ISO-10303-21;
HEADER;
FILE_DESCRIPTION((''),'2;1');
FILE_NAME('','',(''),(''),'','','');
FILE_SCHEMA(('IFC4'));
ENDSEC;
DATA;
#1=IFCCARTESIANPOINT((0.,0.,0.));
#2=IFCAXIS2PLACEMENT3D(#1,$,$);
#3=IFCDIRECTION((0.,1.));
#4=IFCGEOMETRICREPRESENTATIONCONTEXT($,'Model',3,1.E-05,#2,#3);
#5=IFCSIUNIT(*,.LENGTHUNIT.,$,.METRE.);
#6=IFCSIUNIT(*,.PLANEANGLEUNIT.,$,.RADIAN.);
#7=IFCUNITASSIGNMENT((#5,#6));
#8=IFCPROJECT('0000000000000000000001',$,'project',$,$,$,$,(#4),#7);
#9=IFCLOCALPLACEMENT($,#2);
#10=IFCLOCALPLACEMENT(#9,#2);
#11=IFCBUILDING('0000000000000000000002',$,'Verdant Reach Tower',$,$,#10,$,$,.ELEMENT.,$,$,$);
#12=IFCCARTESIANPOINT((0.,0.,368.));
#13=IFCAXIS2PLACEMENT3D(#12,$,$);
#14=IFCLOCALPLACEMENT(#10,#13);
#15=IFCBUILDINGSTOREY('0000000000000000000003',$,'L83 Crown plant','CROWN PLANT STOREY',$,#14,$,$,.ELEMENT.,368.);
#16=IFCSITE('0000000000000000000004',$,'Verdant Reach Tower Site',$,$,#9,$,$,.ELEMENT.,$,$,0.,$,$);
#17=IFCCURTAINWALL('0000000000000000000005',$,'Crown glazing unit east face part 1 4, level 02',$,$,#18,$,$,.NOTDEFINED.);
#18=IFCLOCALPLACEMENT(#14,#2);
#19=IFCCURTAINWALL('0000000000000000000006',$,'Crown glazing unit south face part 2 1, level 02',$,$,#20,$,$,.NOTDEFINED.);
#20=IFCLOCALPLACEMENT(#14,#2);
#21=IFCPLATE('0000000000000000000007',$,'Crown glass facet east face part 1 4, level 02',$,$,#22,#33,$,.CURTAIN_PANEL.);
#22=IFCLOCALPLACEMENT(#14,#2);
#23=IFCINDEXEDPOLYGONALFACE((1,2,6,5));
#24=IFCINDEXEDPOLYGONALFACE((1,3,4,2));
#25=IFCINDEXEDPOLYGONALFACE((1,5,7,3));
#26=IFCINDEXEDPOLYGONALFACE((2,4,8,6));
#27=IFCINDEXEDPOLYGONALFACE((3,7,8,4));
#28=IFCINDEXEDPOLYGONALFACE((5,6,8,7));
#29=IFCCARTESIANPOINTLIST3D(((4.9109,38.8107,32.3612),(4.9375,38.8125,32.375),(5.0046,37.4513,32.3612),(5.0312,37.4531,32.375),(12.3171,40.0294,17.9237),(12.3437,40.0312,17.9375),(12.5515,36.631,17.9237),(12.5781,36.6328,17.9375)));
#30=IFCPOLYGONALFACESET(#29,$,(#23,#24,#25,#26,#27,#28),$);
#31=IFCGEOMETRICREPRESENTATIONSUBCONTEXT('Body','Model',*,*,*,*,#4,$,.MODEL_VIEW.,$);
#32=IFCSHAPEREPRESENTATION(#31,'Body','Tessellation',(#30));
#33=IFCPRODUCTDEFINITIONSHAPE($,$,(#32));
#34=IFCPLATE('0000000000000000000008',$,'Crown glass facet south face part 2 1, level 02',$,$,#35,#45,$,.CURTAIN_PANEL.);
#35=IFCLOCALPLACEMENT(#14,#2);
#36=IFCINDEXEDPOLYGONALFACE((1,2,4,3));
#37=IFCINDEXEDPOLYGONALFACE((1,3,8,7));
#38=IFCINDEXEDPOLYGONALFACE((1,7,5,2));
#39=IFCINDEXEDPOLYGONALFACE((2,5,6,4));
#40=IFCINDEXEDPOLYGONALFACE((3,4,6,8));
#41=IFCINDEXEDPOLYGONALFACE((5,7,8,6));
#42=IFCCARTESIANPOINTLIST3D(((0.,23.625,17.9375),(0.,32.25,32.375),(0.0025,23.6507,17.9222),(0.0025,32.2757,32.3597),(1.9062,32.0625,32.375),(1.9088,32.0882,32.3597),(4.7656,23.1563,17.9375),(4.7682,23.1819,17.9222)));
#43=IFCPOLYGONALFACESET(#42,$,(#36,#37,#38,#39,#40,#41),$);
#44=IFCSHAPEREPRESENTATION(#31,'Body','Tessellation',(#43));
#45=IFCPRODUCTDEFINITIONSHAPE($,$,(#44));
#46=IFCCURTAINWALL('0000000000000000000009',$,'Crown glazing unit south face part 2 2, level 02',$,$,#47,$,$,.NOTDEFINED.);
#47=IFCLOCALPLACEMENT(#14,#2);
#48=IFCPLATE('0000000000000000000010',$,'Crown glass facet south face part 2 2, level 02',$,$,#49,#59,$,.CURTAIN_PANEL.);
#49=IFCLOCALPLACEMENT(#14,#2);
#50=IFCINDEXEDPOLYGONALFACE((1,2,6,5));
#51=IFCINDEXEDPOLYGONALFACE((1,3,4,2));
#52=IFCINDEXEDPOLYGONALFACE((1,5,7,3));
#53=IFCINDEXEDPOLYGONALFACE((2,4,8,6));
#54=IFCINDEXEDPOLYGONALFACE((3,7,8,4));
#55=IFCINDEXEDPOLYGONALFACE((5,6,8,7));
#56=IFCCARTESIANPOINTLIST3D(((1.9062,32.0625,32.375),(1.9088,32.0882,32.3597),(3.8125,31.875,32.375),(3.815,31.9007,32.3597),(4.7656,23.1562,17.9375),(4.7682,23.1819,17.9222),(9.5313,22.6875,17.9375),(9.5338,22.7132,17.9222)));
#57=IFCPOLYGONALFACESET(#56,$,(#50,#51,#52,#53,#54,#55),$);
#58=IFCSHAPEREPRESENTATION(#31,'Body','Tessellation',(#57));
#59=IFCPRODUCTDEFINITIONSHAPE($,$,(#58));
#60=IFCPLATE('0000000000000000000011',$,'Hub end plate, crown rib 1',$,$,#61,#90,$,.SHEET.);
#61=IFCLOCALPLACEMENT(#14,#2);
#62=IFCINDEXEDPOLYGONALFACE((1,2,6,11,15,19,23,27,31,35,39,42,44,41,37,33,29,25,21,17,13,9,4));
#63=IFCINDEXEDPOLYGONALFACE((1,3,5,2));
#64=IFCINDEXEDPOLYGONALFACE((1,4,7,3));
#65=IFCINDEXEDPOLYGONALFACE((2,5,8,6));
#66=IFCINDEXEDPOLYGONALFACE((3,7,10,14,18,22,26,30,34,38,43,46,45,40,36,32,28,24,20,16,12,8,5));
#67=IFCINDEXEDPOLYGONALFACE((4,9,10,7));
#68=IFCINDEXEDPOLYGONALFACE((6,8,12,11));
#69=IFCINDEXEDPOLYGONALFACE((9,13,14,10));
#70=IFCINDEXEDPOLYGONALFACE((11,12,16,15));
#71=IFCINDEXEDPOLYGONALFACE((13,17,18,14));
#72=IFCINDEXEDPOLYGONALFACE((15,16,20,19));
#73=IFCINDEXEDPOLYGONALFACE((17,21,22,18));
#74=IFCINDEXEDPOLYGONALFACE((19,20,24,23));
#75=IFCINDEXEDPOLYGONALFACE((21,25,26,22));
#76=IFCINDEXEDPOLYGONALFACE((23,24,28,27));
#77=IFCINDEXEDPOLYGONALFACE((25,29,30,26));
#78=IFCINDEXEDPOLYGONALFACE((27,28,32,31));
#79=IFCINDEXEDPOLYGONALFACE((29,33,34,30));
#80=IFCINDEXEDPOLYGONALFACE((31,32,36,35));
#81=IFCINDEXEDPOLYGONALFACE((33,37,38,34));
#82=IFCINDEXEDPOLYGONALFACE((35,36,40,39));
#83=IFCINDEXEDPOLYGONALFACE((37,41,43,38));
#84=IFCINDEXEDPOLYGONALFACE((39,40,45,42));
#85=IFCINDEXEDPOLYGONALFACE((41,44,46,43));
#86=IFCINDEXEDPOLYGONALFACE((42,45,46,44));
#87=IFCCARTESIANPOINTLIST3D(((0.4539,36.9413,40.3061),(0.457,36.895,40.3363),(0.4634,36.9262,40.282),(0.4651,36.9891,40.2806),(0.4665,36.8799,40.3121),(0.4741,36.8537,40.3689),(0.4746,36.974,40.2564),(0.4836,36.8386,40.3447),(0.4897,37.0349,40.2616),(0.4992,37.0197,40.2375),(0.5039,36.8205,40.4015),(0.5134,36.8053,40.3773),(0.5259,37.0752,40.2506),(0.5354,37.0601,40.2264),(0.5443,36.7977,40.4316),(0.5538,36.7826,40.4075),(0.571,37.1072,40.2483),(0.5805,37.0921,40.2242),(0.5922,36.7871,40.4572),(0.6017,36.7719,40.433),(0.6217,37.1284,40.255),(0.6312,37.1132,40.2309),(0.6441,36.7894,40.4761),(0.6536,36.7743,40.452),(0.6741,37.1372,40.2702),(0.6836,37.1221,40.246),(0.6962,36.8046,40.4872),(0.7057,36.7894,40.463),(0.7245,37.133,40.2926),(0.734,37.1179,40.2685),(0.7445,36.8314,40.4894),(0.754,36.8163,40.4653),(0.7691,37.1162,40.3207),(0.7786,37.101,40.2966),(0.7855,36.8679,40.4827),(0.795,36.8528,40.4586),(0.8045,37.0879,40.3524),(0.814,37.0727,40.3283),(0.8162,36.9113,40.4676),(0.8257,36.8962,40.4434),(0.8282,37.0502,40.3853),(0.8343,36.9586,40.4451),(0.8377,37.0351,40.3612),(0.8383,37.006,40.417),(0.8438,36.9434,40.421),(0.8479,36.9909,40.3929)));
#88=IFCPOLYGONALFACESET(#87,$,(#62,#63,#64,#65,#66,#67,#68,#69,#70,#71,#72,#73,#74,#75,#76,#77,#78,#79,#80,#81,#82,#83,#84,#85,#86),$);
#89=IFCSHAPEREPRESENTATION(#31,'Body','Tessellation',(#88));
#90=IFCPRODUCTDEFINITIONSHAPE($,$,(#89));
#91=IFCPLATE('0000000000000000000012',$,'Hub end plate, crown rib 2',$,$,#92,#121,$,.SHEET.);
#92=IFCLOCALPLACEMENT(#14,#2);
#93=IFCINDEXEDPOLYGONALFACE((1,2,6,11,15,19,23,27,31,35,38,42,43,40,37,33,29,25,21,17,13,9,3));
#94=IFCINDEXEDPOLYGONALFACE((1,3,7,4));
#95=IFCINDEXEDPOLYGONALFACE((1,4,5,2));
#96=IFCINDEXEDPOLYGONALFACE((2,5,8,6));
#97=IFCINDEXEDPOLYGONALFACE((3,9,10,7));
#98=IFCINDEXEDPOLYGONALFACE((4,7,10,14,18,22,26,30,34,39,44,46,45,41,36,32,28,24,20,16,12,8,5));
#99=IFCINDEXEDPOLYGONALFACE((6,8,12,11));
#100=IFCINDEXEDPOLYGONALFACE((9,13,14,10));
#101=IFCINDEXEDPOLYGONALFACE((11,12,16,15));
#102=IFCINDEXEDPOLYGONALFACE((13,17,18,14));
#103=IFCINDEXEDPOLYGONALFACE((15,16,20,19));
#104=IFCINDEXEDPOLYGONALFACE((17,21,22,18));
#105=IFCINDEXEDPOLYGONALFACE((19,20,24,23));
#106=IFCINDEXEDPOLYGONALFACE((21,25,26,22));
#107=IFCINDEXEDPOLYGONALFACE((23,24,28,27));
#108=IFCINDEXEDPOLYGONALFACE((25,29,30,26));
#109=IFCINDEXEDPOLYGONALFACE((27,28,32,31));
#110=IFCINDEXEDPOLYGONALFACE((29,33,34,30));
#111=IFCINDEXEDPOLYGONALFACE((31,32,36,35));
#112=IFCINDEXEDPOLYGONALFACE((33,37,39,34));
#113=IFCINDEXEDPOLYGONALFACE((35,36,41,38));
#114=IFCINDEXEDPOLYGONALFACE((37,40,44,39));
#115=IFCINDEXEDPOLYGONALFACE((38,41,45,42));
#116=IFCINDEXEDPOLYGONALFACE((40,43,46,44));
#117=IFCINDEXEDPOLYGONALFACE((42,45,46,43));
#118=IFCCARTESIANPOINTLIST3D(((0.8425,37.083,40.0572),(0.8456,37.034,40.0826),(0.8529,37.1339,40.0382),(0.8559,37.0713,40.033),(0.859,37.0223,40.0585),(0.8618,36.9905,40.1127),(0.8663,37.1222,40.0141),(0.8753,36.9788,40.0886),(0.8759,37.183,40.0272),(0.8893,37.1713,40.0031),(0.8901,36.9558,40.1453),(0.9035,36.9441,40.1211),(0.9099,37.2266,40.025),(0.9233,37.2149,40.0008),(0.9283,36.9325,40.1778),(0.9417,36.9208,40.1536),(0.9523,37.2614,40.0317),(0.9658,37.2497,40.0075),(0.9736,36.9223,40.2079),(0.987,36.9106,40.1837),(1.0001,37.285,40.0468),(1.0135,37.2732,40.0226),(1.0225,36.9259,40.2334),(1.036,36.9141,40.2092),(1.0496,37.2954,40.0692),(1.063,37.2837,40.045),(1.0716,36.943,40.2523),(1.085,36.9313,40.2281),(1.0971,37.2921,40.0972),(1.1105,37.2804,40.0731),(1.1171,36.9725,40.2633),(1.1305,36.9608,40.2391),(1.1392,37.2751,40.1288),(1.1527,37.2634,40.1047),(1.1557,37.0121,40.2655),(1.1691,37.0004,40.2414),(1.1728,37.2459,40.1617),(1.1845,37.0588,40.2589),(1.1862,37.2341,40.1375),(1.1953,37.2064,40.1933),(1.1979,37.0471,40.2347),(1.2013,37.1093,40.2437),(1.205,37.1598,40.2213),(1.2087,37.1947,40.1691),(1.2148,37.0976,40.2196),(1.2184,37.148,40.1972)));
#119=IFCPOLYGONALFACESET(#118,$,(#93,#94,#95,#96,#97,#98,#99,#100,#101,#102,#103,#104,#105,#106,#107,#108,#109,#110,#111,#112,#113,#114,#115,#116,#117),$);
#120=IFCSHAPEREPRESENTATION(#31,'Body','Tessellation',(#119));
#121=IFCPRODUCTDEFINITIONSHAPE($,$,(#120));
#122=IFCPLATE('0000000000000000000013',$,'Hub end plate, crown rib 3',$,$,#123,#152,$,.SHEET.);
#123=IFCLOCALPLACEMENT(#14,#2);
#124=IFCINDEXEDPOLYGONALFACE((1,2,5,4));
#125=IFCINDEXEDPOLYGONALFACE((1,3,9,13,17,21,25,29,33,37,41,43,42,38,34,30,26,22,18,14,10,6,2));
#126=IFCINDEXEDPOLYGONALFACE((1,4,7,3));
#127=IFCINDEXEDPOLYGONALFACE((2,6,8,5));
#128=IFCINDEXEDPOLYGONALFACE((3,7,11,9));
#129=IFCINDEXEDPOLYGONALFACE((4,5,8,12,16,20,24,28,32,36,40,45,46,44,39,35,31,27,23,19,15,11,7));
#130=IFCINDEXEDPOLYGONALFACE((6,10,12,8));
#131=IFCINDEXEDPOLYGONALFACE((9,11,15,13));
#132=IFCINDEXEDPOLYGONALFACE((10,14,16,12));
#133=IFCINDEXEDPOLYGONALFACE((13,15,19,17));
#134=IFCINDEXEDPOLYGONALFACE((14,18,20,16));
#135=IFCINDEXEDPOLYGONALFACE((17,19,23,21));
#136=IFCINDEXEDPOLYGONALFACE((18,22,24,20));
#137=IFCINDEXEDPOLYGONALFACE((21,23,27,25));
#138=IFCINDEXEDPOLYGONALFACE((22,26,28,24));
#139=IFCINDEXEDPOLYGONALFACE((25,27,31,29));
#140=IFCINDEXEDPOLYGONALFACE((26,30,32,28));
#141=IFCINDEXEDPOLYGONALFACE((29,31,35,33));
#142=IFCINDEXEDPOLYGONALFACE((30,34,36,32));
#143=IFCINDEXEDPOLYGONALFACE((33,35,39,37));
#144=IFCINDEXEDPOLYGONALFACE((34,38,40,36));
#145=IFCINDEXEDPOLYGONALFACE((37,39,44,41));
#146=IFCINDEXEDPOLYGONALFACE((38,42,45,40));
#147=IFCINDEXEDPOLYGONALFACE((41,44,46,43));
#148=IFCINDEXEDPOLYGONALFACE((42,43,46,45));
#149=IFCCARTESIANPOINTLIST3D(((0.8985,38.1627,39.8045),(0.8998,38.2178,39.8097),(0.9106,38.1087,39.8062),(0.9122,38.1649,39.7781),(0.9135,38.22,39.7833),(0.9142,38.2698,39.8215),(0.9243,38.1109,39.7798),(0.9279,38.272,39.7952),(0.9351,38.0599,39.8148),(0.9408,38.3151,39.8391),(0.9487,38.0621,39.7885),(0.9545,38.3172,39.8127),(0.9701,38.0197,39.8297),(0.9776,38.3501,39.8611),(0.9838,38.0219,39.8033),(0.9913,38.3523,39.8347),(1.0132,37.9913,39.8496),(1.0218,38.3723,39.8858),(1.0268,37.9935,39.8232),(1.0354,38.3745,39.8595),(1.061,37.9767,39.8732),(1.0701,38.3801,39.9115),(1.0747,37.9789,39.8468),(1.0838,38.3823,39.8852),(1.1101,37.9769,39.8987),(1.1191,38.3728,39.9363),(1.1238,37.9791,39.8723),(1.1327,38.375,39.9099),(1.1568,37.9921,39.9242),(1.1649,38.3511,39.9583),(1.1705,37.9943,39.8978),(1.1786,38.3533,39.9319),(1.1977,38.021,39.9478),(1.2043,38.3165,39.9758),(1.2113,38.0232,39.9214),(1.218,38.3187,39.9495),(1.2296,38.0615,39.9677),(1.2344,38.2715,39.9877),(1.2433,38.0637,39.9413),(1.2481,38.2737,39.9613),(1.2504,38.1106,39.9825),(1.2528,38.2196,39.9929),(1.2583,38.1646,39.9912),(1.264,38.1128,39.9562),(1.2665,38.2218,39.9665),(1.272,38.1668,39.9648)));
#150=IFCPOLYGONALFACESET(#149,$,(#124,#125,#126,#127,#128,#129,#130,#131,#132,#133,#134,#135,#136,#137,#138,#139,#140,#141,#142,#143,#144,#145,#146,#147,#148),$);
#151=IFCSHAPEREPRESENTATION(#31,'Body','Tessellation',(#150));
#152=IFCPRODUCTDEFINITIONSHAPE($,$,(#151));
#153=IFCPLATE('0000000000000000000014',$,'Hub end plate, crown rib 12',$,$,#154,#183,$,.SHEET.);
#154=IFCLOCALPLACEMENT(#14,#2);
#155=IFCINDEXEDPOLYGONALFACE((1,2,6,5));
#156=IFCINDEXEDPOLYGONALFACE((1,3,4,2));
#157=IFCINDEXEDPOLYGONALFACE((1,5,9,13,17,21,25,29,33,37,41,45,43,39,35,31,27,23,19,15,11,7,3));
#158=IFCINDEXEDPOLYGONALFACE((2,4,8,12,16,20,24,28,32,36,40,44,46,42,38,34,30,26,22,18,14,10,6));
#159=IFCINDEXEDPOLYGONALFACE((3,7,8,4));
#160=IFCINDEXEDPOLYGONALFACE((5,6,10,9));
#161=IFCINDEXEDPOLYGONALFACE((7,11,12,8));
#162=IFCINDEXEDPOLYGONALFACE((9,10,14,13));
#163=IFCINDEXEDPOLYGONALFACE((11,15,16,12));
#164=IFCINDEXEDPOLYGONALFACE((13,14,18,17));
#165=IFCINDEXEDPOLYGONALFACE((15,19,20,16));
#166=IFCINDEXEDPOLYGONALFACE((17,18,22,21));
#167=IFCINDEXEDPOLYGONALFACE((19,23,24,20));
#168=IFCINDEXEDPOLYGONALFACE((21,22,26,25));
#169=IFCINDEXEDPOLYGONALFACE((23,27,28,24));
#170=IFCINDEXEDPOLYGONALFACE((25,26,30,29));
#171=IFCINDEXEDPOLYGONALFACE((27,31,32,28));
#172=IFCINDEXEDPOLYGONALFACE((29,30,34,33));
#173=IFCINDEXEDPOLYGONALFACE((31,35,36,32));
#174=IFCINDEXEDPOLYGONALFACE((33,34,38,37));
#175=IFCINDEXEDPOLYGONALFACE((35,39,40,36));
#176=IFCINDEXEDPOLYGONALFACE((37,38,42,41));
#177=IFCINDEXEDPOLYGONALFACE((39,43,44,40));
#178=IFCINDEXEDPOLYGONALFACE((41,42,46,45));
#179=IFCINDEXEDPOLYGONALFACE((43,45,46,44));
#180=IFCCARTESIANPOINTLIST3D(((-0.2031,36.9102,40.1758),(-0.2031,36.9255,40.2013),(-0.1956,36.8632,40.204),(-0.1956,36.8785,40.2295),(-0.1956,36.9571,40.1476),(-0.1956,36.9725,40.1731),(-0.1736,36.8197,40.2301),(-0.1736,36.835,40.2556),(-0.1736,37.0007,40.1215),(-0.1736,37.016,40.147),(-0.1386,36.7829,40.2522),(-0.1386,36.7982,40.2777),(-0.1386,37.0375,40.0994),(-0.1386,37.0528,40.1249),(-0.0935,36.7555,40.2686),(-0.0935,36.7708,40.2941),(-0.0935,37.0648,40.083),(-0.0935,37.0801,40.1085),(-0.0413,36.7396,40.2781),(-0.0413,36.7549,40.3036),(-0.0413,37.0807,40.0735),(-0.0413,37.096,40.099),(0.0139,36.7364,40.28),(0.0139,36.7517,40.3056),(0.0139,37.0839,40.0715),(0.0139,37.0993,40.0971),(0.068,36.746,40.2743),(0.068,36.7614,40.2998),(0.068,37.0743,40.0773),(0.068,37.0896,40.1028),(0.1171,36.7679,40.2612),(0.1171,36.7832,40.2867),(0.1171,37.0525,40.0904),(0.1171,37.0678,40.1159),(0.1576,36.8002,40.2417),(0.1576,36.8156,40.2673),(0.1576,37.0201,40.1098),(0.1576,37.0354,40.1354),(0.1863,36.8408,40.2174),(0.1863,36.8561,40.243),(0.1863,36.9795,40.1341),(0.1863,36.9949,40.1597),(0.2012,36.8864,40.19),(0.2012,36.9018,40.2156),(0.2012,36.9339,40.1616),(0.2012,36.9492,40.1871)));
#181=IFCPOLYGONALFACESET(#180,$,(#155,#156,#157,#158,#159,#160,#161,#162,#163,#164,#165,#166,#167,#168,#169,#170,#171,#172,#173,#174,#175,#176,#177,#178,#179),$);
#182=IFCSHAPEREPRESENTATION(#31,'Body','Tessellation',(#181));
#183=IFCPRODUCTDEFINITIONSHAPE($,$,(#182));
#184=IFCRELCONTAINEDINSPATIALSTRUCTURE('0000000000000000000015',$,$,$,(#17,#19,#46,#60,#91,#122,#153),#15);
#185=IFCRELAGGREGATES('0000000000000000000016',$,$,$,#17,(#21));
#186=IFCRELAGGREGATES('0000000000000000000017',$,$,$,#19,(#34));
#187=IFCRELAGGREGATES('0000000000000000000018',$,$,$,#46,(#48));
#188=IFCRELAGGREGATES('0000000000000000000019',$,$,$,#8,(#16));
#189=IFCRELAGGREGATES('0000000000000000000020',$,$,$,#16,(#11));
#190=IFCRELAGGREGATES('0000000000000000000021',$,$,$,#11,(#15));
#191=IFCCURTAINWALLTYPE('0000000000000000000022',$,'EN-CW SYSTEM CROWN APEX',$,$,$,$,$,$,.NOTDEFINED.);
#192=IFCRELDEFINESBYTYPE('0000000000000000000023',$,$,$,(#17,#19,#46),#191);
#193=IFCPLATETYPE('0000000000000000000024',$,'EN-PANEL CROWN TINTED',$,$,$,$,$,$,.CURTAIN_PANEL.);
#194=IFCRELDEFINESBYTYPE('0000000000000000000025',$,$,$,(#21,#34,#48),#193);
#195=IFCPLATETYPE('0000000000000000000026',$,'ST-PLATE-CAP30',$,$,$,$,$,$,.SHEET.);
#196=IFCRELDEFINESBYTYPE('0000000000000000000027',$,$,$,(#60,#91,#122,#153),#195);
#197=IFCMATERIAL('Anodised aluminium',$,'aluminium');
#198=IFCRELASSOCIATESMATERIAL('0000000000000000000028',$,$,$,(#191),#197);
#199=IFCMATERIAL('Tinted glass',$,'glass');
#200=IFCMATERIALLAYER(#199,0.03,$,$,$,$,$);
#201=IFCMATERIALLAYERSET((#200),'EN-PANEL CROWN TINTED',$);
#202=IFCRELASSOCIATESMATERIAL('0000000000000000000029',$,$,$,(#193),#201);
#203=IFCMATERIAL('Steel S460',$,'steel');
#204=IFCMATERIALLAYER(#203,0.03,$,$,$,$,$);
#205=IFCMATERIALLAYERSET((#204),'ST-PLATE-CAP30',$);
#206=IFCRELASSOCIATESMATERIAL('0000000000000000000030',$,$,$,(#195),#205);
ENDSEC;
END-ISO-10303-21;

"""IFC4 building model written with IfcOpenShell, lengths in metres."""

from ifc_helpers import new_model, si_unit, direction, frame, origin, origin_2d, place, context, subcontext, project, spatial, polyline, circle, outline, extrude, material, layer, layer_set, type_object, element, aggregate, save


model = new_model("IFC4")

# Units and contexts
model_context = context("Model", 3, precision=1e-05, world=origin(), true_north=direction((0.0, 1.0)))
body_context = subcontext(model_context, "Body", "Model", "MODEL_VIEW")
ifc_project = project(units=[si_unit("LENGTHUNIT", "METRE"), si_unit("PLANEANGLEUNIT", "RADIAN")], contexts=[model_context])

# Site, building, storey
site_placement = place(None, origin())
site = spatial("IfcSite", under=ifc_project, at=site_placement, Name="Verdant Reach Tower Site", CompositionType="ELEMENT", RefElevation=0.0)
building_placement = place(site_placement, origin())
building = spatial("IfcBuilding", under=site, at=building_placement, Name="Verdant Reach Tower", CompositionType="ELEMENT")
storey_placement = place(building_placement, frame((0.0, 0.0, 368.0)))
storey = spatial("IfcBuildingStorey", under=building, at=storey_placement, Name="L83 Crown plant", Description="CROWN PLANT STOREY", CompositionType="ELEMENT", Elevation=368.0)

# Curtain walls
ifc_material_1 = material(Name="Anodised aluminium", Category="aluminium")
curtain_wall_type = type_object("IfcCurtainWallType", Name="EN-CW SYSTEM CROWN APEX", PredefinedType="NOTDEFINED", material=ifc_material_1)
curtain_wall_1_placement = place(storey_placement, origin())
curtain_wall_1 = element("IfcCurtainWall", 1, at=curtain_wall_1_placement, inside=storey, type_object=curtain_wall_type, Name="Crown glazing unit east face part 1 4, level 02", PredefinedType="NOTDEFINED")
curtain_wall_2_placement = place(storey_placement, origin())
curtain_wall_2 = element("IfcCurtainWall", 2, at=curtain_wall_2_placement, inside=storey, type_object=curtain_wall_type, Name="Crown glazing unit south face part 2 1, level 02", PredefinedType="NOTDEFINED")

# Shared definitions
ifc_material_2 = material(Name="Steel S460", Category="steel")

# Plates
ifc_material_3 = material(Name="Tinted glass", Category="glass")
ifc_layer_1 = layer(ifc_material_3, 0.03)
ifc_layer_set_1 = layer_set([ifc_layer_1], Name="EN-PANEL CROWN TINTED")
plate_type_1 = type_object("IfcPlateType", Name="EN-PANEL CROWN TINTED", PredefinedType="CURTAIN_PANEL", material=ifc_layer_set_1)
plate_1_placement = place(storey_placement, frame((12.5781, 36.6328, 17.9375), z_axis=(0.885991, 0.061103, 0.45966), x_axis=(-0.068802, 0.99763, 0.0)))
plate_1 = element("IfcPlate", 3, at=plate_1_placement, type_object=plate_type_1, Name="Crown glass facet east face part 1 4, level 02", PredefinedType="CURTAIN_PANEL", context=body_context, shape_type="SweptSolid", body=[
    extrude(outline(polyline([(0.0, 0.0), (3.4065, 0.0), (2.7002, 16.2567), (1.3376, 16.2567), (0.0, 0.0)])), origin(), (0.0, 0.0, -1.0), 0.03),
])
aggregate(curtain_wall_1, [plate_1])
plate_2_placement = place(storey_placement, frame((0.0, 23.625, 17.9375), z_axis=(-0.084141, -0.855431, 0.511037), x_axis=(0.995197, -0.097888, 0.0)))
plate_2 = element("IfcPlate", 4, at=plate_2_placement, type_object=plate_type_1, Name="Crown glass facet south face part 2 1, level 02", PredefinedType="CURTAIN_PANEL", context=body_context, shape_type="SweptSolid", body=[
    extrude(outline(polyline([(0.0, 0.0), (4.7886, 0.0), (1.0712, 16.7964), (-0.8443, 16.7964), (0.0, 0.0)])), origin(), (0.0, 0.0, -1.0), 0.03),
])
aggregate(curtain_wall_2, [plate_2])

# Curtain wall, plate
curtain_wall_3_placement = place(storey_placement, origin())
curtain_wall_3 = element("IfcCurtainWall", 5, at=curtain_wall_3_placement, inside=storey, type_object=curtain_wall_type, Name="Crown glazing unit south face part 2 2, level 02", PredefinedType="NOTDEFINED")
plate_3_placement = place(storey_placement, frame((4.7656, 23.1562, 17.9375), z_axis=(-0.084141, -0.855431, 0.511037), x_axis=(0.995197, -0.097888, 0.0)))
plate_3 = element("IfcPlate", 6, at=plate_3_placement, type_object=plate_type_1, Name="Crown glass facet south face part 2 2, level 02", PredefinedType="CURTAIN_PANEL", context=body_context, shape_type="SweptSolid", body=[
    extrude(outline(polyline([(0.0, 0.0), (4.7886, 0.0), (-1.802, 16.7964), (-3.7175, 16.7964), (0.0, 0.0)])), origin(), (0.0, 0.0, -1.0), 0.03),
])
aggregate(curtain_wall_3, [plate_3])

# Plates
ifc_layer_2 = layer(ifc_material_2, 0.03)
ifc_layer_set_2 = layer_set([ifc_layer_2], Name="ST-PLATE-CAP30")
plate_type_2 = type_object("IfcPlateType", Name="ST-PLATE-CAP30", PredefinedType="SHEET", material=ifc_layer_set_2)
for number, where, z_axis, x_axis, name in (
    (7, (0.6555, 36.9468, 40.3447), (-0.316686, 0.50345, 0.803896), (-0.846461, -0.532451, 0.0), "Hub end plate, crown rib 1"),
    (8, (1.0371, 37.0972, 40.1211), (-0.44714, 0.390231, 0.804851), (-0.657534, -0.753425, 0.0), "Hub end plate, crown rib 2"),
):
    element("IfcPlate", number, at=place(storey_placement, frame(where, z_axis=z_axis, x_axis=x_axis)), inside=storey, type_object=plate_type_2, Name=name, PredefinedType="SHEET", context=body_context, shape_type="SweptSolid", body=[
        extrude(circle(Radius=0.2031, at=origin_2d()), origin(), (0.0, 0.0, 1.0), 0.03),
    ])
for number, where, z_axis, x_axis, name in (
    (9, (1.0916, 38.1797, 39.8723), (-0.459063, -0.073778, 0.885335), (0.158678, -0.98733, 0.0), "Hub end plate, crown rib 3"),
    (10, (0.0, 36.9102, 40.1758), (0.0, 0.514496, 0.857493), (-1.0, 0.0, 0.0), "Hub end plate, crown rib 12"),
):
    element("IfcPlate", number, at=place(storey_placement, frame(where, z_axis=z_axis, x_axis=x_axis)), inside=storey, type_object=plate_type_2, Name=name, PredefinedType="SHEET", context=body_context, shape_type="SweptSolid", body=[
        extrude(circle(Radius=0.2031, at=origin_2d()), origin(), (0.0, 0.0, 1.0), 0.0298),
    ])

save(model, "model.ifc")
